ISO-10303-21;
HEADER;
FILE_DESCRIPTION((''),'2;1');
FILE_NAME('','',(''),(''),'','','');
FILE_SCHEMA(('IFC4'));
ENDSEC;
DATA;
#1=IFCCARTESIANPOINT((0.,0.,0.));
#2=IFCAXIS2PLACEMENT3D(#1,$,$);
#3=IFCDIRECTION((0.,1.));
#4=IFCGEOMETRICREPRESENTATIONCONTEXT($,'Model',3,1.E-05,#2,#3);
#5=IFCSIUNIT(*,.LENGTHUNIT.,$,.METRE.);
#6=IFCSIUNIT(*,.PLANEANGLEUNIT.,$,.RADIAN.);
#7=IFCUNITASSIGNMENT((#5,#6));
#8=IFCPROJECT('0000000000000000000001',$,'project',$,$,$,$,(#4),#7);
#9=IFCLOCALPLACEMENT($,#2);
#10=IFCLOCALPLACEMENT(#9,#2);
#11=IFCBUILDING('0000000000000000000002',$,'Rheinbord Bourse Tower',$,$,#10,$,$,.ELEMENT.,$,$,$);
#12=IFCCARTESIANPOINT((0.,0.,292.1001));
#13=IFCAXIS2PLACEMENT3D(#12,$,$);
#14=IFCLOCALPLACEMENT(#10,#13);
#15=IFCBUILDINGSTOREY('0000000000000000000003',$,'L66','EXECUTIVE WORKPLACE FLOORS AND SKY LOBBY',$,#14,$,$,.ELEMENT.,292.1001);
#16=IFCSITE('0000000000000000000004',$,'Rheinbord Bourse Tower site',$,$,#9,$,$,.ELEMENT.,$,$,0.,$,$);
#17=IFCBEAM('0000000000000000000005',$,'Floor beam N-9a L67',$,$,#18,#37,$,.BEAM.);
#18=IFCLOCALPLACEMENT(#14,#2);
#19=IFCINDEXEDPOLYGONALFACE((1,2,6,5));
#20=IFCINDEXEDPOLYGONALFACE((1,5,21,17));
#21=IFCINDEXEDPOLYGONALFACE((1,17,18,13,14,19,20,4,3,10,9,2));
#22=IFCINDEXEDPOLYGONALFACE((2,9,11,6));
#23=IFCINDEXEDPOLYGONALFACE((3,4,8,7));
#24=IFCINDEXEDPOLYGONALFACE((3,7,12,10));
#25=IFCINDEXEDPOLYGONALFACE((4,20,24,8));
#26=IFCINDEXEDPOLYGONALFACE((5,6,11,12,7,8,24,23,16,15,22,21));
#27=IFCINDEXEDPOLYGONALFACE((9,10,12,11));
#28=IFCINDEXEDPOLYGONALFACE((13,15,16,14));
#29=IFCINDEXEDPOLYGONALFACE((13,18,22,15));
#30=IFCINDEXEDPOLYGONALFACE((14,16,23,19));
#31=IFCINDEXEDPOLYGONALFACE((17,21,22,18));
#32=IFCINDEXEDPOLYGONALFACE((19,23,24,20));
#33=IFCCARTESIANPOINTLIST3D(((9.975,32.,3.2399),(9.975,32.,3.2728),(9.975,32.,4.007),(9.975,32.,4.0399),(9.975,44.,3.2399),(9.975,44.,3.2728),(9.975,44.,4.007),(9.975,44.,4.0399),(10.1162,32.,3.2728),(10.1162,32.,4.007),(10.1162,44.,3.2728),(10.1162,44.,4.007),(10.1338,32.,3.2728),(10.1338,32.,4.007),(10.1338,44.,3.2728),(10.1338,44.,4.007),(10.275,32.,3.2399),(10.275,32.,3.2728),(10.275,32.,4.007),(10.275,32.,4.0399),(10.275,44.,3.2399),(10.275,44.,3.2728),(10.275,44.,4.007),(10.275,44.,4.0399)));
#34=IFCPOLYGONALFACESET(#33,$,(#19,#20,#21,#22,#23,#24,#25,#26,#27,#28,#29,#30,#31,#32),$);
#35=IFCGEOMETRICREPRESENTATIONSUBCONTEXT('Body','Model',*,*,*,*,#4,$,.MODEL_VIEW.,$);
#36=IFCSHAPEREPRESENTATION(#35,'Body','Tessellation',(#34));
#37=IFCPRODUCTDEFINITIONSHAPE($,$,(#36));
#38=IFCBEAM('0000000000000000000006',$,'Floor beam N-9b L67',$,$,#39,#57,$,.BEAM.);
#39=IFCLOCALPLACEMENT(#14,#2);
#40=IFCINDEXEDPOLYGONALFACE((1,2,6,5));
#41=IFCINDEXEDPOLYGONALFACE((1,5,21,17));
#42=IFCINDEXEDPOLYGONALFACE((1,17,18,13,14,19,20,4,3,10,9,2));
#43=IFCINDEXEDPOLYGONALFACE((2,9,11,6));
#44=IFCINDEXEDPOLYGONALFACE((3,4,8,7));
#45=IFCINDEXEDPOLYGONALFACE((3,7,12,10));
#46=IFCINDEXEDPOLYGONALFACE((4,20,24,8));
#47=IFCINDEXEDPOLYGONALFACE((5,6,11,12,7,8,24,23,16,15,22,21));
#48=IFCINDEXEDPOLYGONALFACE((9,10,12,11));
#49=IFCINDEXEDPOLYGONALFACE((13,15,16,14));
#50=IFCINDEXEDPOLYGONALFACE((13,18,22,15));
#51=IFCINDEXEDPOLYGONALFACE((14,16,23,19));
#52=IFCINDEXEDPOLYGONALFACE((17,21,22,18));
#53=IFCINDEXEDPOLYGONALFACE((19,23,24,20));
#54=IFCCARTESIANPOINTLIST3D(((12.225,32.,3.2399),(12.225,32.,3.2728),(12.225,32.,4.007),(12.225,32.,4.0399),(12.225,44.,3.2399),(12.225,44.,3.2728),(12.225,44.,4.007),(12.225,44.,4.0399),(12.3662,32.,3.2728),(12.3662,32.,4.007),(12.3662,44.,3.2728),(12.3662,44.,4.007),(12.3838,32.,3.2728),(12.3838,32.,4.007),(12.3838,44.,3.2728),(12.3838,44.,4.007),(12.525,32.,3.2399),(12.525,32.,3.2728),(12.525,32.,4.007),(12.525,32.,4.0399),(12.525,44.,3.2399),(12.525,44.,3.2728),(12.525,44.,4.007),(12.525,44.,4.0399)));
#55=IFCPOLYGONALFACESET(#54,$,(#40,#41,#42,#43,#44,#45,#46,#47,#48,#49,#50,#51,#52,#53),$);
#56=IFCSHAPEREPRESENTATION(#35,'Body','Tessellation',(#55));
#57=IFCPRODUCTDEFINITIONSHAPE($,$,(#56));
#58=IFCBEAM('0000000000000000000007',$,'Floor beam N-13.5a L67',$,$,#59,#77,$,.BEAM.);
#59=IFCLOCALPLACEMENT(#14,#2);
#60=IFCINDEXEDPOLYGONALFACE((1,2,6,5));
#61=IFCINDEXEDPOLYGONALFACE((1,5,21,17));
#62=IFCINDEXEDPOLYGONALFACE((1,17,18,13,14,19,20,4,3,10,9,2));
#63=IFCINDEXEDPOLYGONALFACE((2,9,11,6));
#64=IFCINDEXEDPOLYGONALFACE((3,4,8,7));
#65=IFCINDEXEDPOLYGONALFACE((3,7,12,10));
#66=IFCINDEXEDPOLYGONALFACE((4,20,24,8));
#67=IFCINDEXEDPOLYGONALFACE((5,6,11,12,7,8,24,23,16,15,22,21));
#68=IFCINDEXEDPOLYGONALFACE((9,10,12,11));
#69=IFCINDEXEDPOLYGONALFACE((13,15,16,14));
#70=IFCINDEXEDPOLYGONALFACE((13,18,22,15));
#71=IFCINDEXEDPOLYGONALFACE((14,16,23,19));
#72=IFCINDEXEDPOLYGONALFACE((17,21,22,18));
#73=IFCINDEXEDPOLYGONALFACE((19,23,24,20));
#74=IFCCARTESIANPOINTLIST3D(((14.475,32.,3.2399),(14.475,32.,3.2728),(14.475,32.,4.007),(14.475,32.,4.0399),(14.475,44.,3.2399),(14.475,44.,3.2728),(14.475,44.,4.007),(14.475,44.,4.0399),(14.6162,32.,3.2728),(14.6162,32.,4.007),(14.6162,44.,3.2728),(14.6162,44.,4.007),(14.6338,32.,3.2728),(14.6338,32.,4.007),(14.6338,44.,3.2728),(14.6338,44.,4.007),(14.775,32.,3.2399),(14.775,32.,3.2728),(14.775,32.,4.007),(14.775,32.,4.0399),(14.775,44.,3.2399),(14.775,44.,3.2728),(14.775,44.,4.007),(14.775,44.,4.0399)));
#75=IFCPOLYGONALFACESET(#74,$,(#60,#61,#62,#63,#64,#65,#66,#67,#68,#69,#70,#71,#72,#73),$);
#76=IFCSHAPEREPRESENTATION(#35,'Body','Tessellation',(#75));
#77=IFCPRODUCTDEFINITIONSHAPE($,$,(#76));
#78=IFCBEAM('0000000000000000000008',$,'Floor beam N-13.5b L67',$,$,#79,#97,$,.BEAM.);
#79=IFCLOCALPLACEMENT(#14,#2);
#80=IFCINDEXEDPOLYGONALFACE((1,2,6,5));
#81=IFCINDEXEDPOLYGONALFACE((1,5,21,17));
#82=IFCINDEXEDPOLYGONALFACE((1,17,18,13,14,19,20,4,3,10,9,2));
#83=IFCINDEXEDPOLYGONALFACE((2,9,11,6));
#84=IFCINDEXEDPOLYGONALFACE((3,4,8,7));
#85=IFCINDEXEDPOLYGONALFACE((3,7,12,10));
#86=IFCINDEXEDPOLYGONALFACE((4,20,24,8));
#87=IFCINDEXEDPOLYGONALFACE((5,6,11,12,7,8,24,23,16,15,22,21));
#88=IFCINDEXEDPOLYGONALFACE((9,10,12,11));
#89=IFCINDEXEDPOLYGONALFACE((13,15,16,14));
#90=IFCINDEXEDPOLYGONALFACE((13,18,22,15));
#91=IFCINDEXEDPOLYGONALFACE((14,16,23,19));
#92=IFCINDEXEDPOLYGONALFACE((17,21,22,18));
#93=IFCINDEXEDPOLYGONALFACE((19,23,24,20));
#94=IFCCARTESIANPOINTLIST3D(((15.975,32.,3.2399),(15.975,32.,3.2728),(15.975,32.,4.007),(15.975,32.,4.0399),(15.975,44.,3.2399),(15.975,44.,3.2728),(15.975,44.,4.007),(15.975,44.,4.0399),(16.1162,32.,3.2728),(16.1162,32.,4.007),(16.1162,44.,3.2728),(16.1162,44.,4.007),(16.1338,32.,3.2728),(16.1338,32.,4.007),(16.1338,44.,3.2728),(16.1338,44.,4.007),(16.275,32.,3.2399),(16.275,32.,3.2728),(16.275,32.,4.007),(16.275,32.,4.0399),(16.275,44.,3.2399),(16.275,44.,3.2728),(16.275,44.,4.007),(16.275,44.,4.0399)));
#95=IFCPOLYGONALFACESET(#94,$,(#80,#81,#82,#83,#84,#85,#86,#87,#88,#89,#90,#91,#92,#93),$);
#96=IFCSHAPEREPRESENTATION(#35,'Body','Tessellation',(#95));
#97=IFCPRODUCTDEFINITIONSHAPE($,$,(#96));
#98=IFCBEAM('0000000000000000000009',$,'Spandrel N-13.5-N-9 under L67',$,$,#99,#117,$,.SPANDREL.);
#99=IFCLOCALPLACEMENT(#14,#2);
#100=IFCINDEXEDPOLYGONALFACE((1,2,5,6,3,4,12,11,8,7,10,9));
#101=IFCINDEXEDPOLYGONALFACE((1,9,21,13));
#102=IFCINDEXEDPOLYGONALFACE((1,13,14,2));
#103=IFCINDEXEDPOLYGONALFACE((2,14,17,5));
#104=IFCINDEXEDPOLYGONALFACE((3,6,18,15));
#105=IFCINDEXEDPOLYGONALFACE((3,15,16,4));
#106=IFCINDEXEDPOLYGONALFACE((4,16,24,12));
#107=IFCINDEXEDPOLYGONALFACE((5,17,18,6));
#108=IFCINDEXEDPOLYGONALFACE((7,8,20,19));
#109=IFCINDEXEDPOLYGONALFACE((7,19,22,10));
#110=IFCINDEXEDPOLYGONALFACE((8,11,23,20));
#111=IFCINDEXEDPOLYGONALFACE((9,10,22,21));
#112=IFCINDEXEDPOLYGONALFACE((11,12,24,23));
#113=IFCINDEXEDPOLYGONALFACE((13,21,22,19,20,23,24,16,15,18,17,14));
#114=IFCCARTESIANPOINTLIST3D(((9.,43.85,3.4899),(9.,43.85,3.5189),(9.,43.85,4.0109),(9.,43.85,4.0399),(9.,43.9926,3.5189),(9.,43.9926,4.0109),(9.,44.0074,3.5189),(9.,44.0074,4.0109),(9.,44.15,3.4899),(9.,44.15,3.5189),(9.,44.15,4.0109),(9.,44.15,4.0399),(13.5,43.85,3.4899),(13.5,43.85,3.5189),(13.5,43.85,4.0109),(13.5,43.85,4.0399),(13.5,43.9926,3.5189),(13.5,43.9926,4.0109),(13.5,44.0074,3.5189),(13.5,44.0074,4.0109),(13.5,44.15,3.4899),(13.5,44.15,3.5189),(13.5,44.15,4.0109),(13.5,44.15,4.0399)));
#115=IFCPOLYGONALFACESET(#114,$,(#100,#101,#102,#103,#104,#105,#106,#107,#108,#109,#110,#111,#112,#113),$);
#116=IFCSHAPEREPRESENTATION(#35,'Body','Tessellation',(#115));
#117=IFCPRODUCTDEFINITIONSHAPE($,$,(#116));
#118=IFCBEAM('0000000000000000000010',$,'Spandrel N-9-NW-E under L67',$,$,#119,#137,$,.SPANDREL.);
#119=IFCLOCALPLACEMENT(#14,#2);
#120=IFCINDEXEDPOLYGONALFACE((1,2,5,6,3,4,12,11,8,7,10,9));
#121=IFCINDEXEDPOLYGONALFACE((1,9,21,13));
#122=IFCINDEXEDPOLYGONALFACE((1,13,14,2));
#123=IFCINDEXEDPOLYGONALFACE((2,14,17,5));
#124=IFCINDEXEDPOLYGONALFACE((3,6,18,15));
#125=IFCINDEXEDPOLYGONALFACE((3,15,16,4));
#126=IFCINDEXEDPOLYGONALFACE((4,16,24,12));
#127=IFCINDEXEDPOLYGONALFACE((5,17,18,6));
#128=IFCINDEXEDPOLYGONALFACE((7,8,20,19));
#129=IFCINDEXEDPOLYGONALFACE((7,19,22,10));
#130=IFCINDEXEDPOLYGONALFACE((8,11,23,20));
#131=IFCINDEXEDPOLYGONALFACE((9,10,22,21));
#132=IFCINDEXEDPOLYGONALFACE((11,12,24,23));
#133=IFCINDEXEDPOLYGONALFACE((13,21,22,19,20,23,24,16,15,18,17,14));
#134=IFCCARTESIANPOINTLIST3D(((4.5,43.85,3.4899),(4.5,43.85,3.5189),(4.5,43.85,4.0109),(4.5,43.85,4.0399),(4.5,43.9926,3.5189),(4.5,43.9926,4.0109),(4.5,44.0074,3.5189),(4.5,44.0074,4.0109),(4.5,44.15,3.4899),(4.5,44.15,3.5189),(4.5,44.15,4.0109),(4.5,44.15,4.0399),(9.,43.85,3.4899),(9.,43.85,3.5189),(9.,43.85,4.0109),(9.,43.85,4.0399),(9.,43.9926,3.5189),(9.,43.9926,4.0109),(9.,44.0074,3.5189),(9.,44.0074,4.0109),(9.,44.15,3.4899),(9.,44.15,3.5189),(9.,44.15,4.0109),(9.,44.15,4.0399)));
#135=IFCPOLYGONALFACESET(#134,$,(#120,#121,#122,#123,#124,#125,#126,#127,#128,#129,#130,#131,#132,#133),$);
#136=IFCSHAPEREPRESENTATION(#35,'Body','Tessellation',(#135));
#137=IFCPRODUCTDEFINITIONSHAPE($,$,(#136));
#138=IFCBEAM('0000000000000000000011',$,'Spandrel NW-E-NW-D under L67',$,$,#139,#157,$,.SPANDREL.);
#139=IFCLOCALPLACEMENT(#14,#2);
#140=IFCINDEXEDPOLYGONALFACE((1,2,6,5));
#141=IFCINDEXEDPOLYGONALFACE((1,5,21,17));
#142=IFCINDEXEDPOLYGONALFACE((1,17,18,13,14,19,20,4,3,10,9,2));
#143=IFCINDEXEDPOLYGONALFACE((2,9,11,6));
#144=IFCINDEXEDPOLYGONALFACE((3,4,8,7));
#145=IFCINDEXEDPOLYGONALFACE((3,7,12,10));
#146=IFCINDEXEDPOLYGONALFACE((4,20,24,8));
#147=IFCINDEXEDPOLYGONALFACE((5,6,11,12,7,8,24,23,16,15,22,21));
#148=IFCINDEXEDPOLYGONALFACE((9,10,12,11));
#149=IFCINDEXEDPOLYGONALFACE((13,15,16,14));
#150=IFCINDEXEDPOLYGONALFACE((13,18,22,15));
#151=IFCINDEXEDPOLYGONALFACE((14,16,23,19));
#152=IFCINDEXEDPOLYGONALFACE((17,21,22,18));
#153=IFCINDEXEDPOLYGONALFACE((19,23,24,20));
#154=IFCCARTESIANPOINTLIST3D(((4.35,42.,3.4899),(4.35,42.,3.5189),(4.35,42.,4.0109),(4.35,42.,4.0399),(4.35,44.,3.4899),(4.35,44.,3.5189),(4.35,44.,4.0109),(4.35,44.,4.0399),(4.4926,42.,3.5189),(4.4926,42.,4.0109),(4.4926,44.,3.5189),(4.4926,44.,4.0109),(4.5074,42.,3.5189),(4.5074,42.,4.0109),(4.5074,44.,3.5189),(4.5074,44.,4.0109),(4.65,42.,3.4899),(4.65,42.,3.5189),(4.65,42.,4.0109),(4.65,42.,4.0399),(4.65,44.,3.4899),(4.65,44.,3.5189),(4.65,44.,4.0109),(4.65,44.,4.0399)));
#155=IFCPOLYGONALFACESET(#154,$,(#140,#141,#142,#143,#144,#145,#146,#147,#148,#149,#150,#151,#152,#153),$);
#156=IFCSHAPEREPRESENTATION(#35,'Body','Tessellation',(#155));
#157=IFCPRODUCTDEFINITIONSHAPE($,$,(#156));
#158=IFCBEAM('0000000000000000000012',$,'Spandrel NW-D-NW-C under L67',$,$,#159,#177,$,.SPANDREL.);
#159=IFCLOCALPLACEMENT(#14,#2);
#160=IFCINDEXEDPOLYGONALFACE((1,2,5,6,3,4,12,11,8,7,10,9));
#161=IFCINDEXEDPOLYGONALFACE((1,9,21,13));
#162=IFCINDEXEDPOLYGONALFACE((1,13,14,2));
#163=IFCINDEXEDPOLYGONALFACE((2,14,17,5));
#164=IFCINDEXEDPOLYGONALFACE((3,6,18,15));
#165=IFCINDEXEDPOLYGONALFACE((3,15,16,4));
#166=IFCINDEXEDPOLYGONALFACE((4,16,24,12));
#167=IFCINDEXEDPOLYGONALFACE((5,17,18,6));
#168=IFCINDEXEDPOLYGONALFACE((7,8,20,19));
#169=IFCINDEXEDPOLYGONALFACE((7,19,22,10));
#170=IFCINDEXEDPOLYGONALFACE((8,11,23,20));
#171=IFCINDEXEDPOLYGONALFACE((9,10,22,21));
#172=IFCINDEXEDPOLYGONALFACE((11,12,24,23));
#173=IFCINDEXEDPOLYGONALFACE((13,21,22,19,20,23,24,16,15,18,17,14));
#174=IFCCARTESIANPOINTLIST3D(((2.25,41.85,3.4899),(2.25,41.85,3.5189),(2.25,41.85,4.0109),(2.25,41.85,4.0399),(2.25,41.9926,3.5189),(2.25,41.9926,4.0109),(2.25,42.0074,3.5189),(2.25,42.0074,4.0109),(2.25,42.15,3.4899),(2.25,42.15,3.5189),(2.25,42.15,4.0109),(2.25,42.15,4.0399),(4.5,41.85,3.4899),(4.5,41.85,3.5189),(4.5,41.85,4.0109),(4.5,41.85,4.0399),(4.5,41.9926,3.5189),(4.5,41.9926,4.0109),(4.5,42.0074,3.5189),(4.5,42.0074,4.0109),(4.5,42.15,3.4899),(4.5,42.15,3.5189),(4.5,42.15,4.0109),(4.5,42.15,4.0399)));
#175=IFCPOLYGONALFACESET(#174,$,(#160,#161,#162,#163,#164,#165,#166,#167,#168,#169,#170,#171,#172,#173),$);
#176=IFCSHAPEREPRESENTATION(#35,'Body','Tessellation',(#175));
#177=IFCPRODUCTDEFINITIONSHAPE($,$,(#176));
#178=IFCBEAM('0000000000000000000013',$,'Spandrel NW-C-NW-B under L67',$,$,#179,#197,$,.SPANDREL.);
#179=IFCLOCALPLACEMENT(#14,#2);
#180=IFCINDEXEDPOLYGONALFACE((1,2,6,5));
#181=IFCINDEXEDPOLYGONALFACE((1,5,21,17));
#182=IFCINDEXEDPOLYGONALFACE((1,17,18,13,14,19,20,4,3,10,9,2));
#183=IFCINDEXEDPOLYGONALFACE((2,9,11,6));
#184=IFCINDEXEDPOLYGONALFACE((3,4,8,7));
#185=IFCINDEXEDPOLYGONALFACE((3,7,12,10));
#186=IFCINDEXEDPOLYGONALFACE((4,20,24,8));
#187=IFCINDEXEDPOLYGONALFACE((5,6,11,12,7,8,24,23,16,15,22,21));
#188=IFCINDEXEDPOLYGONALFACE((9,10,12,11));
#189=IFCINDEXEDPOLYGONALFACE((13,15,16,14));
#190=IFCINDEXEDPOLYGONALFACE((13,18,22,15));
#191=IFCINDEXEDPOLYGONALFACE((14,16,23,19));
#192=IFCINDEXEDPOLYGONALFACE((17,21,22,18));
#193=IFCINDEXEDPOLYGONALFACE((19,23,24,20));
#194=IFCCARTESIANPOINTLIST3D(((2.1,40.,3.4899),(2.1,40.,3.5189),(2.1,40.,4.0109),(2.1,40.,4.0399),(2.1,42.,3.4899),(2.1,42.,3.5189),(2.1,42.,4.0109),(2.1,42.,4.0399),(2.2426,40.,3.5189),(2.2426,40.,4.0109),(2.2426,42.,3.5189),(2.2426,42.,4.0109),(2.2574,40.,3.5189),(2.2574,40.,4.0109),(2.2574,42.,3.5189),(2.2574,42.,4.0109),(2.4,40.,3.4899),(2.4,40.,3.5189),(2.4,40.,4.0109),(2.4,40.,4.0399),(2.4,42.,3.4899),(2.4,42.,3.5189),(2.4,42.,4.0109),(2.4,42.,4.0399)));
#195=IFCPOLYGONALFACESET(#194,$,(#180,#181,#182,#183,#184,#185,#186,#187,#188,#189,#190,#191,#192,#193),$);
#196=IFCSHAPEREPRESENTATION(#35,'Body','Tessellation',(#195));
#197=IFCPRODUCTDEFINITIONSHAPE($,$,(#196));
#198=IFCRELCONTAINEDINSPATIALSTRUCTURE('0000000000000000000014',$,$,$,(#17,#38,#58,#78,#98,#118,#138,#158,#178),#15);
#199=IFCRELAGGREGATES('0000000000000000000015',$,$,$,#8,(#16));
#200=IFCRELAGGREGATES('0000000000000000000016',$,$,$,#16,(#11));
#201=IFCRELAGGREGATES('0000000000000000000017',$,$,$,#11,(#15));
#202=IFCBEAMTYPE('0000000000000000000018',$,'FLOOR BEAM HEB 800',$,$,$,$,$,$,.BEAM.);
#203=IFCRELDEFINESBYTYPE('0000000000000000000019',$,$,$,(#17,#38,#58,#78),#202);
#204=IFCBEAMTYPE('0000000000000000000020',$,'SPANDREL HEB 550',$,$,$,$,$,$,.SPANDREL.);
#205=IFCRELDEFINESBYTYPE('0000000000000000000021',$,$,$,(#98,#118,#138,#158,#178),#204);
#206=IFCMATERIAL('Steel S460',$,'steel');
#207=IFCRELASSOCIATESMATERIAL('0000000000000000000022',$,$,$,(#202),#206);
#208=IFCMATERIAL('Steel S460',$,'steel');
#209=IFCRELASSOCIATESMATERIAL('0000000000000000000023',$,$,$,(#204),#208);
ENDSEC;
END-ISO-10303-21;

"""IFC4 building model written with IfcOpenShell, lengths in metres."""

from ifc_helpers import new_model, si_unit, direction, frame, origin, origin_2d, place, context, subcontext, project, spatial, i_section, extrude, material, material_profile, profile_set, type_object, element, save


model = new_model("IFC4")

# Units and contexts
model_context = context("Model", 3, precision=1e-05, world=origin(), true_north=direction((0.0, 1.0)))
body_context = subcontext(model_context, "Body", "Model", "MODEL_VIEW")
ifc_project = project(units=[si_unit("LENGTHUNIT", "METRE"), si_unit("PLANEANGLEUNIT", "RADIAN")], contexts=[model_context])

# Site, building, storey
site_placement = place(None, origin())
site = spatial("IfcSite", under=ifc_project, at=site_placement, Name="Rheinbord Bourse Tower site", CompositionType="ELEMENT", RefElevation=0.0)
building_placement = place(site_placement, origin())
building = spatial("IfcBuilding", under=site, at=building_placement, Name="Rheinbord Bourse Tower", CompositionType="ELEMENT")
storey_placement = place(building_placement, frame((0.0, 0.0, 292.1001)))
storey = spatial("IfcBuildingStorey", under=building, at=storey_placement, Name="L66", Description="EXECUTIVE WORKPLACE FLOORS AND SKY LOBBY", CompositionType="ELEMENT", Elevation=292.1001)

# Beams
ifc_material_1 = material(Name="Steel S460", Category="steel")
ifc_material_profile_1 = material_profile(ifc_material_1, i_section(OverallWidth=0.3, OverallDepth=0.8, WebThickness=0.0176, FlangeThickness=0.033, at=origin_2d()), Name="HEB 800")
ifc_profile_set_1 = profile_set([ifc_material_profile_1], Name="Steel S460")
beam_type_1 = type_object("IfcBeamType", Name="FLOOR BEAM HEB 800", PredefinedType="BEAM", material=ifc_profile_set_1)
for number, where, z_axis, x_axis, name in (
    (1, (10.125, 44.0, 3.6399), (0.0, -1.0, 0.0), (1.0, 0.0, 0.0), "Floor beam N-9a L67"),
    (2, (12.375, 44.0, 3.6399), (0.0, -1.0, 0.0), (1.0, 0.0, 0.0), "Floor beam N-9b L67"),
    (3, (14.625, 44.0, 3.6399), (0.0, -1.0, 0.0), (1.0, 0.0, 0.0), "Floor beam N-13.5a L67"),
    (4, (16.125, 44.0, 3.6399), (0.0, -1.0, 0.0), (1.0, 0.0, 0.0), "Floor beam N-13.5b L67"),
):
    element("IfcBeam", number, at=place(storey_placement, frame(where, z_axis=z_axis, x_axis=x_axis)), inside=storey, type_object=beam_type_1, Name=name, PredefinedType="BEAM", context=body_context, shape_type="SweptSolid", body=[
        extrude(i_section(OverallWidth=0.3, OverallDepth=0.8, WebThickness=0.0176, FlangeThickness=0.033, at=origin_2d()), origin(), (0.0, 0.0, 1.0), 12.0),
    ])
ifc_material_2 = material(Name="Steel S460", Category="steel")
ifc_material_profile_2 = material_profile(ifc_material_2, i_section(OverallWidth=0.3, OverallDepth=0.55, WebThickness=0.0149, FlangeThickness=0.0291, at=origin_2d()), Name="HEB 550")
ifc_profile_set_2 = profile_set([ifc_material_profile_2], Name="Steel S460")
beam_type_2 = type_object("IfcBeamType", Name="SPANDREL HEB 550", PredefinedType="SPANDREL", material=ifc_profile_set_2)
for number, where, z_axis, x_axis, name in (
    (5, (13.5, 44.0, 3.7649), (-1.0, 0.0, 0.0), (0.0, -1.0, 0.0), "Spandrel N-13.5-N-9 under L67"),
    (6, (9.0, 44.0, 3.7649), (-1.0, 0.0, 0.0), (0.0, -1.0, 0.0), "Spandrel N-9-NW-E under L67"),
):
    element("IfcBeam", number, at=place(storey_placement, frame(where, z_axis=z_axis, x_axis=x_axis)), inside=storey, type_object=beam_type_2, Name=name, PredefinedType="SPANDREL", context=body_context, shape_type="SweptSolid", body=[
        extrude(i_section(OverallWidth=0.3, OverallDepth=0.55, WebThickness=0.0149, FlangeThickness=0.0291, at=origin_2d()), origin(), (0.0, 0.0, 1.0), 4.5),
    ])
beam_1_placement = place(storey_placement, frame((4.5, 44.0, 3.7649), z_axis=(0.0, -1.0, 0.0), x_axis=(1.0, 0.0, 0.0)))
element("IfcBeam", 7, at=beam_1_placement, inside=storey, type_object=beam_type_2, Name="Spandrel NW-E-NW-D under L67", PredefinedType="SPANDREL", context=body_context, shape_type="SweptSolid", body=[
    extrude(i_section(OverallWidth=0.3, OverallDepth=0.55, WebThickness=0.0149, FlangeThickness=0.0291, at=origin_2d()), origin(), (0.0, 0.0, 1.0), 2.0),
])
beam_2_placement = place(storey_placement, frame((4.5, 42.0, 3.7649), z_axis=(-1.0, 0.0, 0.0), x_axis=(0.0, -1.0, 0.0)))
element("IfcBeam", 8, at=beam_2_placement, inside=storey, type_object=beam_type_2, Name="Spandrel NW-D-NW-C under L67", PredefinedType="SPANDREL", context=body_context, shape_type="SweptSolid", body=[
    extrude(i_section(OverallWidth=0.3, OverallDepth=0.55, WebThickness=0.0149, FlangeThickness=0.0291, at=origin_2d()), origin(), (0.0, 0.0, 1.0), 2.25),
])
beam_3_placement = place(storey_placement, frame((2.25, 42.0, 3.7649), z_axis=(0.0, -1.0, 0.0), x_axis=(1.0, 0.0, 0.0)))
element("IfcBeam", 9, at=beam_3_placement, inside=storey, type_object=beam_type_2, Name="Spandrel NW-C-NW-B under L67", PredefinedType="SPANDREL", context=body_context, shape_type="SweptSolid", body=[
    extrude(i_section(OverallWidth=0.3, OverallDepth=0.55, WebThickness=0.0149, FlangeThickness=0.0291, at=origin_2d()), origin(), (0.0, 0.0, 1.0), 2.0),
])

save(model, "model.ifc")
